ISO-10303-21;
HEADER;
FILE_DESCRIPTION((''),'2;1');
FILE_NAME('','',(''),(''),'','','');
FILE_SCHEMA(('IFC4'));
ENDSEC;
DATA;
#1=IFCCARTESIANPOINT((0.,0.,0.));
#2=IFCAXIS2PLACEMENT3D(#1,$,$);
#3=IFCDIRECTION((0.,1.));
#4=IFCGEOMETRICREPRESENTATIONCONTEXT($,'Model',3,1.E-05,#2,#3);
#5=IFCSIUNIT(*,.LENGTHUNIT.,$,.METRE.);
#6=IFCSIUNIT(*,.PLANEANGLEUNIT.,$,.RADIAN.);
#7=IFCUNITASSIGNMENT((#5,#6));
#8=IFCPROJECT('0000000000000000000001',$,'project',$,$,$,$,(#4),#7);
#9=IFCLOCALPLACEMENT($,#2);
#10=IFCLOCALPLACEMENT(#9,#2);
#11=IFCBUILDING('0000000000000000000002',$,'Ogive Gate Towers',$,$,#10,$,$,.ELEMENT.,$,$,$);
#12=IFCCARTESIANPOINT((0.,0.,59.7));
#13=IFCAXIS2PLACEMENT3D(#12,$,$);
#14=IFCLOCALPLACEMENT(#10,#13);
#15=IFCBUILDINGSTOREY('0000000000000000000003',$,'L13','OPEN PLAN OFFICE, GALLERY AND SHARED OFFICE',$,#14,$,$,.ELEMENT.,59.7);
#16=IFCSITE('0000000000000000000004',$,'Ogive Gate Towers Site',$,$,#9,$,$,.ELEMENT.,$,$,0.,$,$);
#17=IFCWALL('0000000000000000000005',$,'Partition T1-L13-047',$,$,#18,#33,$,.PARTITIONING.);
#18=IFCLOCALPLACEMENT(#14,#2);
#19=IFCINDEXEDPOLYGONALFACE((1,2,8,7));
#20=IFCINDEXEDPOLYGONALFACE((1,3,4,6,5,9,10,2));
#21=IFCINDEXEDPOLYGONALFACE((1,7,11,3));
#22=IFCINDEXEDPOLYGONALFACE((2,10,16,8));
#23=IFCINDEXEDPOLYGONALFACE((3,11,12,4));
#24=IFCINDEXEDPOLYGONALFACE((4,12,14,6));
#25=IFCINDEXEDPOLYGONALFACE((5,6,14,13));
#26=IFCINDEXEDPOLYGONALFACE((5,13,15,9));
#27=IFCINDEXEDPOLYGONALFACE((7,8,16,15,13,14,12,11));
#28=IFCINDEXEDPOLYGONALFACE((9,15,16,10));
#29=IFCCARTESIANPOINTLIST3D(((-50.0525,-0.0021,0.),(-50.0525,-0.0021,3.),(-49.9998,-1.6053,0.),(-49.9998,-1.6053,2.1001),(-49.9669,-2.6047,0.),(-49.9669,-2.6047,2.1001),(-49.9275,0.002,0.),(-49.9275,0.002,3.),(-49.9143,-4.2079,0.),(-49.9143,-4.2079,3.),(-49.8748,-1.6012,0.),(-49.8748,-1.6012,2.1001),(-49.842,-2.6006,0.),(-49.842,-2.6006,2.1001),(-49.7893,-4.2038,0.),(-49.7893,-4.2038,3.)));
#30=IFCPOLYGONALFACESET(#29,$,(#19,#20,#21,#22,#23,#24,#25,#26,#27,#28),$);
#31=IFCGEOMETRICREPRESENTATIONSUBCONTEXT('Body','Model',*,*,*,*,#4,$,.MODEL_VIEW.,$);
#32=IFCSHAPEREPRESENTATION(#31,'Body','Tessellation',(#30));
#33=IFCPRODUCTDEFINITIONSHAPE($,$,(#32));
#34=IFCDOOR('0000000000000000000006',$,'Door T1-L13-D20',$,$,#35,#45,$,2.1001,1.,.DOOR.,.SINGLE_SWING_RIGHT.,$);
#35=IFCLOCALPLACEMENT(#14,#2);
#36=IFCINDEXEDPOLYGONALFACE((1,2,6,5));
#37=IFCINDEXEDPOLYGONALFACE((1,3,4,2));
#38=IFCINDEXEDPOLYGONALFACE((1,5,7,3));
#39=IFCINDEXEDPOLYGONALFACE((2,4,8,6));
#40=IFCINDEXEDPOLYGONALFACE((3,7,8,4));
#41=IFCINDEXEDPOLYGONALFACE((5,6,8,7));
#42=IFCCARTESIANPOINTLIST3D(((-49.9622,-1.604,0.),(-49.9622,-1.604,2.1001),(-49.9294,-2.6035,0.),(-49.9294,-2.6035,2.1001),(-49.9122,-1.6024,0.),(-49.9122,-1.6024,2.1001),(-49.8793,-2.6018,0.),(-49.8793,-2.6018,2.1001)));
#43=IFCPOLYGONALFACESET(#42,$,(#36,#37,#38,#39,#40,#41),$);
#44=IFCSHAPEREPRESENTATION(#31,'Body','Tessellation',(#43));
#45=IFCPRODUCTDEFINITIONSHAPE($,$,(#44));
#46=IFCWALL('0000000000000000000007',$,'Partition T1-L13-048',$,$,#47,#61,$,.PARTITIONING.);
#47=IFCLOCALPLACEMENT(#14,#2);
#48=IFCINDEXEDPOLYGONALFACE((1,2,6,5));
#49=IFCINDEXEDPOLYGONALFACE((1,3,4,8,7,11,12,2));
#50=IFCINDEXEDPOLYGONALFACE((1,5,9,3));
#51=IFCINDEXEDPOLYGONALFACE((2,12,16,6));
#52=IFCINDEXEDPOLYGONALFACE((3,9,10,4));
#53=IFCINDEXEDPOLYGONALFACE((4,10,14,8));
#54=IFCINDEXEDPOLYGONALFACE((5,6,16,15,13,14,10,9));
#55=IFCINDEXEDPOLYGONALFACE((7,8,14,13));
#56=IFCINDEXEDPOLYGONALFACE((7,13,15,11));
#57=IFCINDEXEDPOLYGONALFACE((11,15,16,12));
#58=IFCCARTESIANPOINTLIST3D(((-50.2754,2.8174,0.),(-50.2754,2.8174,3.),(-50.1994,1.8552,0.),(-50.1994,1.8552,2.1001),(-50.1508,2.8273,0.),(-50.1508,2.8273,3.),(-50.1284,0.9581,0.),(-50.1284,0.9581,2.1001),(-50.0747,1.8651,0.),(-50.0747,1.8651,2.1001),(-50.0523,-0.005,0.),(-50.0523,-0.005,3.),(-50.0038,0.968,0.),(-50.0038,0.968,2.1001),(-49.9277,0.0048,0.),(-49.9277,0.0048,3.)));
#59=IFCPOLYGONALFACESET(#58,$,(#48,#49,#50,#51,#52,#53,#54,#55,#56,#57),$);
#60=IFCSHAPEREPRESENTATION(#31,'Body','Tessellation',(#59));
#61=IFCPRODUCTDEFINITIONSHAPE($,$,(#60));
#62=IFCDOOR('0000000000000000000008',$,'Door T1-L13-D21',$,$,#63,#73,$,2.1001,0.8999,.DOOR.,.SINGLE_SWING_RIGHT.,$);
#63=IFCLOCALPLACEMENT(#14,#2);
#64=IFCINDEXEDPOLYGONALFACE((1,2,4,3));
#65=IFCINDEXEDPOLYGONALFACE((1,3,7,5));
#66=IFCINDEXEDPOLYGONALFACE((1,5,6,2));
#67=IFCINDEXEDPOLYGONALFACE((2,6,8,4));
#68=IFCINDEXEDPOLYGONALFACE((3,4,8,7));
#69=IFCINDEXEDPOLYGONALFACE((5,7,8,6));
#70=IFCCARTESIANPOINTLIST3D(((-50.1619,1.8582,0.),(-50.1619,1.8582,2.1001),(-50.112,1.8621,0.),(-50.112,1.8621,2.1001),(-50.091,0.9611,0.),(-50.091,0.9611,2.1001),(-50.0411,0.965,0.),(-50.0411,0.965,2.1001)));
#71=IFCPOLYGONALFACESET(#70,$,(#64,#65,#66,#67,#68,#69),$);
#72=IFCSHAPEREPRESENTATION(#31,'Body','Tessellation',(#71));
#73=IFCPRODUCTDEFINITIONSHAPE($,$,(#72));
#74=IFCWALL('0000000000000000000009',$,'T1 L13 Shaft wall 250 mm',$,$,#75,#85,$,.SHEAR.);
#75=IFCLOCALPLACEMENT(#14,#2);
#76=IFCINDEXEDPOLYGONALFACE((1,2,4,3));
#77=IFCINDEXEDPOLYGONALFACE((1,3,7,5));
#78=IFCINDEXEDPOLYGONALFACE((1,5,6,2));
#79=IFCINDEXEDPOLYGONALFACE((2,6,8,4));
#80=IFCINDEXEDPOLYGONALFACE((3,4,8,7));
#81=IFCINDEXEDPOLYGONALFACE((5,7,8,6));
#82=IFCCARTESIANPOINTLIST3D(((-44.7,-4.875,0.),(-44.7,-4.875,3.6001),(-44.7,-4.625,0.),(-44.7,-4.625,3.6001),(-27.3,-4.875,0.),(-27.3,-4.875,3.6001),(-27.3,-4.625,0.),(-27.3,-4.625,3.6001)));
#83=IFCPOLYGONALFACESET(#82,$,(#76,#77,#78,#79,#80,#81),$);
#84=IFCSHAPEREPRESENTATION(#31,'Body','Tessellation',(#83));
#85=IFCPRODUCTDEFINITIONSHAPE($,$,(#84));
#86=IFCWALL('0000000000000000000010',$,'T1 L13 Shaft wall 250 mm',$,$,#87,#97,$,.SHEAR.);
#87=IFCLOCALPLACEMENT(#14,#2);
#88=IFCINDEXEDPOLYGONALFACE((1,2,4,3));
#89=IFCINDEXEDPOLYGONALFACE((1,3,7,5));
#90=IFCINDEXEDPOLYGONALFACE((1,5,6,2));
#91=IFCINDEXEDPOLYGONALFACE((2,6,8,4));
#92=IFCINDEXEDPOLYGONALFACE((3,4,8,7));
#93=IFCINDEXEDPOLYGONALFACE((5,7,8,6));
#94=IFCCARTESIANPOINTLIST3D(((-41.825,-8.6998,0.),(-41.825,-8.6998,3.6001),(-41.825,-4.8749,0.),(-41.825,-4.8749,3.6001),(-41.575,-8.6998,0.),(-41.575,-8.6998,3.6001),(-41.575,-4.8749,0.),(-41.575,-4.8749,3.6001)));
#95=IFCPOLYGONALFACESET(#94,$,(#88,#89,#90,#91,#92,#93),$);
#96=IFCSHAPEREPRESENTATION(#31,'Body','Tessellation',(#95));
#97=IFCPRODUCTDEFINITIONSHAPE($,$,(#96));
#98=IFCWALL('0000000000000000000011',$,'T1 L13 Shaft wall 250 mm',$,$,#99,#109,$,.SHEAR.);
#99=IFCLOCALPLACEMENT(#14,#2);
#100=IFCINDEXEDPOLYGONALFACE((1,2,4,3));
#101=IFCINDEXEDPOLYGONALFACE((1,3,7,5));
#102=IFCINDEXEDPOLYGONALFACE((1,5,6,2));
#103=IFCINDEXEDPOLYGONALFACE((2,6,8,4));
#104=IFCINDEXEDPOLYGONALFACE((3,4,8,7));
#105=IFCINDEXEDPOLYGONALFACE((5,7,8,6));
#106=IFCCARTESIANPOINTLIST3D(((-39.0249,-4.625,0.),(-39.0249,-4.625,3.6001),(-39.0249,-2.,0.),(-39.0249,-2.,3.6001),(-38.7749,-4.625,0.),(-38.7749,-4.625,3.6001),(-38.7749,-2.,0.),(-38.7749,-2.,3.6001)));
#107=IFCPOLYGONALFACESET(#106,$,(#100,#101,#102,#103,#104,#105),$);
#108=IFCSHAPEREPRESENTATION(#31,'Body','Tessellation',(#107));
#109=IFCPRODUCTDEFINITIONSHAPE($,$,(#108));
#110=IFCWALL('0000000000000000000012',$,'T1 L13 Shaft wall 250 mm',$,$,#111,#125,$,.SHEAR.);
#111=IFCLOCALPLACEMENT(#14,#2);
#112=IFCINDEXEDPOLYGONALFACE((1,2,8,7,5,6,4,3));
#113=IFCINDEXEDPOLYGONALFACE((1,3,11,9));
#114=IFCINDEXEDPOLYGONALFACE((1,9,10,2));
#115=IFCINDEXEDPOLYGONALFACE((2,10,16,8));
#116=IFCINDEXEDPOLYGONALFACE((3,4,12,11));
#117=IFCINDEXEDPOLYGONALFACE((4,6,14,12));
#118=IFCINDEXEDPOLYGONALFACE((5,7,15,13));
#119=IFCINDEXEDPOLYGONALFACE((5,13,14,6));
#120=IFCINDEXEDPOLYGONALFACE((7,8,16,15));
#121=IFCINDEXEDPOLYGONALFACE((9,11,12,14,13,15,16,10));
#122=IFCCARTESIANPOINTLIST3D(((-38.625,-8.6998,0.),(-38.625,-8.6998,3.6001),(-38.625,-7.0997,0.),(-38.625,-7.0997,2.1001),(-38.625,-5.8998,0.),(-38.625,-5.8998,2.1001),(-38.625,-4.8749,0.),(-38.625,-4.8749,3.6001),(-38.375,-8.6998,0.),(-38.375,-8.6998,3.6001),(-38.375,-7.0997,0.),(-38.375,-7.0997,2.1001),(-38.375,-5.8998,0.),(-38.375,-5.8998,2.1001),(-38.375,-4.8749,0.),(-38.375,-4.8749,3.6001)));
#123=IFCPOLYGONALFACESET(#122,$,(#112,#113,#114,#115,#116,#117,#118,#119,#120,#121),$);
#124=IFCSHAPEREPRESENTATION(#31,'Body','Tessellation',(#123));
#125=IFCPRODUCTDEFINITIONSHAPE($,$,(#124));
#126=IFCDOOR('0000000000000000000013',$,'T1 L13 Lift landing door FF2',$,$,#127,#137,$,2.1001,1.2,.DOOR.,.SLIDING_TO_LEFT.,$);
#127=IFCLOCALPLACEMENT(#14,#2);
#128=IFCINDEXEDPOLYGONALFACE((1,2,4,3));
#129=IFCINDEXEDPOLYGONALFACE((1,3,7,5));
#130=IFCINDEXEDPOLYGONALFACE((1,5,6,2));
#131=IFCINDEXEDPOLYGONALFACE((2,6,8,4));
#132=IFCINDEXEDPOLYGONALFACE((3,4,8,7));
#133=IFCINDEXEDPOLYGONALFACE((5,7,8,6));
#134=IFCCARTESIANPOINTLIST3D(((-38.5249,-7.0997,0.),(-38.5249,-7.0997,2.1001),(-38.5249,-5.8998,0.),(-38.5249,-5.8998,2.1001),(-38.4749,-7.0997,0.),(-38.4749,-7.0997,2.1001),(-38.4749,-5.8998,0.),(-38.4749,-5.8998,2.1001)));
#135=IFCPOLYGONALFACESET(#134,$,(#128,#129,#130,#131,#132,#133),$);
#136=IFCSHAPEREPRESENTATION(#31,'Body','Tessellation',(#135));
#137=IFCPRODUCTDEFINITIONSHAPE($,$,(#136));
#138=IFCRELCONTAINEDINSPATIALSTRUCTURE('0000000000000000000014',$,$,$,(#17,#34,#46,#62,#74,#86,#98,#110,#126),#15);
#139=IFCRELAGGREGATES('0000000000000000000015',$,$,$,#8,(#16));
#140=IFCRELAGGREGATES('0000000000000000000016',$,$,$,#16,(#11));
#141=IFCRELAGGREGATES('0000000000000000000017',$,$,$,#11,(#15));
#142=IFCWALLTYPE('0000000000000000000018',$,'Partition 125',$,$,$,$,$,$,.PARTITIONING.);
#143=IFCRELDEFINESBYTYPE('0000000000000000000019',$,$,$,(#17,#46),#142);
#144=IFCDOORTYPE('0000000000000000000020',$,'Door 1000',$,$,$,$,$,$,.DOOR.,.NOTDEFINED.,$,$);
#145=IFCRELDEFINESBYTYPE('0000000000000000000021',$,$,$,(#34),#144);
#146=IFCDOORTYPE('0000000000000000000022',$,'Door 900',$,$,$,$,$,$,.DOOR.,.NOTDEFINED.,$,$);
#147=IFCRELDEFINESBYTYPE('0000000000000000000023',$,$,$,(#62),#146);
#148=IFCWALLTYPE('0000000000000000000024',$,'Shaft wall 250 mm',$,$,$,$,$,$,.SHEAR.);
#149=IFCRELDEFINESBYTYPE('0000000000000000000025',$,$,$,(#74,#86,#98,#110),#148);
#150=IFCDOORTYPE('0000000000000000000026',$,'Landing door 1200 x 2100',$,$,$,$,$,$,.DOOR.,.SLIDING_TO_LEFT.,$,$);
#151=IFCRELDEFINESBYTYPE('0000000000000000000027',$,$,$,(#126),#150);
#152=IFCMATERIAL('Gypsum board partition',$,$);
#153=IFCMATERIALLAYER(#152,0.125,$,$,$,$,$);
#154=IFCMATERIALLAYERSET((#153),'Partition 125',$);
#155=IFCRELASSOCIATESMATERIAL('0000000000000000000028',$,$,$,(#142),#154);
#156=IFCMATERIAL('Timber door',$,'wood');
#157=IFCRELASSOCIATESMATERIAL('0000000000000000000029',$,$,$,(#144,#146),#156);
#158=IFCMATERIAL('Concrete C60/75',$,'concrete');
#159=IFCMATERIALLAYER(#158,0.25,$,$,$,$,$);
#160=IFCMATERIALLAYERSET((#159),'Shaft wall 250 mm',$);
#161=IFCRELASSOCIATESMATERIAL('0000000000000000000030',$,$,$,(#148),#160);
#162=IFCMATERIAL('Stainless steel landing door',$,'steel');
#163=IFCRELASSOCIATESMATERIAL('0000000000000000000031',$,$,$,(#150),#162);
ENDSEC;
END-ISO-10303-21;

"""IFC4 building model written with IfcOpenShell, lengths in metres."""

from ifc_helpers import new_model, si_unit, direction, frame, frame_2d, origin, place, context, subcontext, project, spatial, rectangle, extrude, material, layer, layer_set, type_object, element, fill, save


model = new_model("IFC4")

# Units and contexts
model_context = context("Model", 3, precision=1e-05, world=origin(), true_north=direction((0.0, 1.0)))
body_context = subcontext(model_context, "Body", "Model", "MODEL_VIEW")
ifc_project = project(units=[si_unit("LENGTHUNIT", "METRE"), si_unit("PLANEANGLEUNIT", "RADIAN")], contexts=[model_context])

# Site, building, storey
site_placement = place(None, origin())
site = spatial("IfcSite", under=ifc_project, at=site_placement, Name="Ogive Gate Towers Site", CompositionType="ELEMENT", RefElevation=0.0)
building_placement = place(site_placement, origin())
building = spatial("IfcBuilding", under=site, at=building_placement, Name="Ogive Gate Towers", CompositionType="ELEMENT")
storey_placement = place(building_placement, frame((0.0, 0.0, 59.7)))
storey = spatial("IfcBuildingStorey", under=building, at=storey_placement, Name="L13", Description="OPEN PLAN OFFICE, GALLERY AND SHARED OFFICE", CompositionType="ELEMENT", Elevation=59.7)

# Shared definitions
ifc_material_1 = material(Name="Gypsum board partition")
ifc_layer_1 = layer(ifc_material_1, 0.125)
ifc_layer_set_1 = layer_set([ifc_layer_1], Name="Partition 125")
wall_type_1 = type_object("IfcWallType", Name="Partition 125", PredefinedType="PARTITIONING", material=ifc_layer_set_1)

# Walls, openings, doors
wall_1_placement = place(storey_placement, frame((-49.8518, -4.2058, 0.0), z_axis=(0.0, 0.0, 1.0), x_axis=(-0.032838, 0.999461, 0.0)))
wall_1 = element("IfcWall", 1, at=wall_1_placement, inside=storey, type_object=wall_type_1, Name="Partition T1-L13-047", PredefinedType="PARTITIONING", context=body_context, shape_type="SweptSolid", body=[
    extrude(rectangle(XDim=4.208, YDim=0.125, at=frame_2d((2.104, 0.0))), origin(), (0.0, 0.0, 1.0), 3.0),
])
opening_1_placement = place(wall_1_placement, frame((1.604, 0.0, 0.0)))
opening_1 = element("IfcOpeningElement", 2, at=opening_1_placement, cuts=wall_1, PredefinedType="OPENING", context=body_context, shape_type="SweptSolid", body=[
    extrude(rectangle(XDim=1.0, YDim=2.1001, at=frame_2d((0.5, 1.05))), frame((0.0, 0.0725, 0.0), z_axis=(0.0, -1.0, 0.0), x_axis=(1.0, 0.0, 0.0)), (0.0, 0.0, 1.0), 0.145),
])
ifc_material_2 = material(Name="Timber door", Category="wood")
door_type_1 = type_object("IfcDoorType", Name="Door 1000", OperationType="NOTDEFINED", PredefinedType="DOOR", material=ifc_material_2)
door_1_placement = place(opening_1_placement, origin())
door_1 = element("IfcDoor", 3, at=door_1_placement, inside=storey, type_object=door_type_1, Name="Door T1-L13-D20", OperationType="SINGLE_SWING_RIGHT", OverallHeight=2.1001, OverallWidth=1.0, PredefinedType="DOOR", context=body_context, shape_type="SweptSolid", body=[
    extrude(rectangle(XDim=1.0, YDim=2.1001, at=frame_2d((0.5, 1.05))), frame((0.0, 0.0249, 0.0), z_axis=(0.0, -1.0, 0.0), x_axis=(1.0, 0.0, 0.0)), (0.0, 0.0, 1.0), 0.05),
])
fill(opening_1, door_1)
wall_2_placement = place(storey_placement, frame((-49.99, 0.0, 0.0), z_axis=(0.0, 0.0, 1.0), x_axis=(-0.078813, 0.996889, 0.0)))
wall_2 = element("IfcWall", 4, at=wall_2_placement, inside=storey, type_object=wall_type_1, Name="Partition T1-L13-048", PredefinedType="PARTITIONING", context=body_context, shape_type="SweptSolid", body=[
    extrude(rectangle(XDim=2.8313, YDim=0.125, at=frame_2d((1.4155, 0.0))), origin(), (0.0, 0.0, 1.0), 3.0),
])
opening_2_placement = place(wall_2_placement, frame((0.9661, 0.0, 0.0)))
opening_2 = element("IfcOpeningElement", 5, at=opening_2_placement, cuts=wall_2, PredefinedType="OPENING", context=body_context, shape_type="SweptSolid", body=[
    extrude(rectangle(XDim=0.8999, YDim=2.1001, at=frame_2d((0.45, 1.05))), frame((0.0, 0.0725, 0.0), z_axis=(0.0, -1.0, 0.0), x_axis=(1.0, 0.0, 0.0)), (0.0, 0.0, 1.0), 0.145),
])
door_type_2 = type_object("IfcDoorType", Name="Door 900", OperationType="NOTDEFINED", PredefinedType="DOOR", material=ifc_material_2)
door_2_placement = place(opening_2_placement, origin())
door_2 = element("IfcDoor", 6, at=door_2_placement, inside=storey, type_object=door_type_2, Name="Door T1-L13-D21", OperationType="SINGLE_SWING_RIGHT", OverallHeight=2.1001, OverallWidth=0.8999, PredefinedType="DOOR", context=body_context, shape_type="SweptSolid", body=[
    extrude(rectangle(XDim=0.8999, YDim=2.1001, at=frame_2d((0.45, 1.05))), frame((0.0, 0.0249, 0.0), z_axis=(0.0, -1.0, 0.0), x_axis=(1.0, 0.0, 0.0)), (0.0, 0.0, 1.0), 0.05),
])
fill(opening_2, door_2)

# Walls
ifc_material_3 = material(Name="Concrete C60/75", Category="concrete")
ifc_layer_2 = layer(ifc_material_3, 0.25)
ifc_layer_set_2 = layer_set([ifc_layer_2], Name="Shaft wall 250 mm")
wall_type_2 = type_object("IfcWallType", Name="Shaft wall 250 mm", PredefinedType="SHEAR", material=ifc_layer_set_2)
wall_3_placement = place(storey_placement, frame((-44.7, -4.75, 0.0), z_axis=(0.0, 0.0, 1.0), x_axis=(1.0, 0.0, 0.0)))
element("IfcWall", 7, at=wall_3_placement, inside=storey, type_object=wall_type_2, Name="T1 L13 Shaft wall 250 mm", PredefinedType="SHEAR", context=body_context, shape_type="SweptSolid", body=[
    extrude(rectangle(XDim=17.3999, YDim=0.25, at=frame_2d((8.7, 0.0))), origin(), (0.0, 0.0, 1.0), 3.6001),
])
wall_4_placement = place(storey_placement, frame((-41.7, -8.7, 0.0), z_axis=(0.0, 0.0, 1.0), x_axis=(0.0, 1.0, 0.0)))
element("IfcWall", 8, at=wall_4_placement, inside=storey, type_object=wall_type_2, Name="T1 L13 Shaft wall 250 mm", PredefinedType="SHEAR", context=body_context, shape_type="SweptSolid", body=[
    extrude(rectangle(XDim=3.825, YDim=0.25, at=frame_2d((1.9126, 0.0))), origin(), (0.0, 0.0, 1.0), 3.6001),
])
wall_5_placement = place(storey_placement, frame((-38.8999, -4.625, 0.0), z_axis=(0.0, 0.0, 1.0), x_axis=(0.0, 1.0, 0.0)))
element("IfcWall", 9, at=wall_5_placement, inside=storey, type_object=wall_type_2, Name="T1 L13 Shaft wall 250 mm", PredefinedType="SHEAR", context=body_context, shape_type="SweptSolid", body=[
    extrude(rectangle(XDim=2.625, YDim=0.25, at=frame_2d((1.3125, 0.0))), origin(), (0.0, 0.0, 1.0), 3.6001),
])

# Wall, opening, door
wall_6_placement = place(storey_placement, frame((-38.5, -8.7, 0.0), z_axis=(0.0, 0.0, 1.0), x_axis=(0.0, 1.0, 0.0)))
wall_6 = element("IfcWall", 10, at=wall_6_placement, inside=storey, type_object=wall_type_2, Name="T1 L13 Shaft wall 250 mm", PredefinedType="SHEAR", context=body_context, shape_type="SweptSolid", body=[
    extrude(rectangle(XDim=3.825, YDim=0.25, at=frame_2d((1.9126, 0.0))), origin(), (0.0, 0.0, 1.0), 3.6001),
])
opening_3_placement = place(wall_6_placement, frame((1.6001, 0.0, 0.0)))
opening_3 = element("IfcOpeningElement", 11, at=opening_3_placement, cuts=wall_6, PredefinedType="OPENING", context=body_context, shape_type="SweptSolid", body=[
    extrude(rectangle(XDim=1.2, YDim=2.1001, at=frame_2d((0.6001, 1.05))), frame((0.0, 0.135, 0.0), z_axis=(0.0, -1.0, 0.0), x_axis=(1.0, 0.0, 0.0)), (0.0, 0.0, 1.0), 0.27),
])
ifc_material_4 = material(Name="Stainless steel landing door", Category="steel")
door_type_3 = type_object("IfcDoorType", Name="Landing door 1200 x 2100", OperationType="SLIDING_TO_LEFT", PredefinedType="DOOR", material=ifc_material_4)
door_3_placement = place(opening_3_placement, origin())
door_3 = element("IfcDoor", 12, at=door_3_placement, inside=storey, type_object=door_type_3, Name="T1 L13 Lift landing door FF2", OperationType="SLIDING_TO_LEFT", OverallHeight=2.1001, OverallWidth=1.2, PredefinedType="DOOR", context=body_context, shape_type="SweptSolid", body=[
    extrude(rectangle(XDim=1.2, YDim=2.1001, at=frame_2d((0.6001, 1.05))), frame((0.0, 0.0249, 0.0), z_axis=(0.0, -1.0, 0.0), x_axis=(1.0, 0.0, 0.0)), (0.0, 0.0, 1.0), 0.05),
])
fill(opening_3, door_3)

save(model, "model.ifc")
